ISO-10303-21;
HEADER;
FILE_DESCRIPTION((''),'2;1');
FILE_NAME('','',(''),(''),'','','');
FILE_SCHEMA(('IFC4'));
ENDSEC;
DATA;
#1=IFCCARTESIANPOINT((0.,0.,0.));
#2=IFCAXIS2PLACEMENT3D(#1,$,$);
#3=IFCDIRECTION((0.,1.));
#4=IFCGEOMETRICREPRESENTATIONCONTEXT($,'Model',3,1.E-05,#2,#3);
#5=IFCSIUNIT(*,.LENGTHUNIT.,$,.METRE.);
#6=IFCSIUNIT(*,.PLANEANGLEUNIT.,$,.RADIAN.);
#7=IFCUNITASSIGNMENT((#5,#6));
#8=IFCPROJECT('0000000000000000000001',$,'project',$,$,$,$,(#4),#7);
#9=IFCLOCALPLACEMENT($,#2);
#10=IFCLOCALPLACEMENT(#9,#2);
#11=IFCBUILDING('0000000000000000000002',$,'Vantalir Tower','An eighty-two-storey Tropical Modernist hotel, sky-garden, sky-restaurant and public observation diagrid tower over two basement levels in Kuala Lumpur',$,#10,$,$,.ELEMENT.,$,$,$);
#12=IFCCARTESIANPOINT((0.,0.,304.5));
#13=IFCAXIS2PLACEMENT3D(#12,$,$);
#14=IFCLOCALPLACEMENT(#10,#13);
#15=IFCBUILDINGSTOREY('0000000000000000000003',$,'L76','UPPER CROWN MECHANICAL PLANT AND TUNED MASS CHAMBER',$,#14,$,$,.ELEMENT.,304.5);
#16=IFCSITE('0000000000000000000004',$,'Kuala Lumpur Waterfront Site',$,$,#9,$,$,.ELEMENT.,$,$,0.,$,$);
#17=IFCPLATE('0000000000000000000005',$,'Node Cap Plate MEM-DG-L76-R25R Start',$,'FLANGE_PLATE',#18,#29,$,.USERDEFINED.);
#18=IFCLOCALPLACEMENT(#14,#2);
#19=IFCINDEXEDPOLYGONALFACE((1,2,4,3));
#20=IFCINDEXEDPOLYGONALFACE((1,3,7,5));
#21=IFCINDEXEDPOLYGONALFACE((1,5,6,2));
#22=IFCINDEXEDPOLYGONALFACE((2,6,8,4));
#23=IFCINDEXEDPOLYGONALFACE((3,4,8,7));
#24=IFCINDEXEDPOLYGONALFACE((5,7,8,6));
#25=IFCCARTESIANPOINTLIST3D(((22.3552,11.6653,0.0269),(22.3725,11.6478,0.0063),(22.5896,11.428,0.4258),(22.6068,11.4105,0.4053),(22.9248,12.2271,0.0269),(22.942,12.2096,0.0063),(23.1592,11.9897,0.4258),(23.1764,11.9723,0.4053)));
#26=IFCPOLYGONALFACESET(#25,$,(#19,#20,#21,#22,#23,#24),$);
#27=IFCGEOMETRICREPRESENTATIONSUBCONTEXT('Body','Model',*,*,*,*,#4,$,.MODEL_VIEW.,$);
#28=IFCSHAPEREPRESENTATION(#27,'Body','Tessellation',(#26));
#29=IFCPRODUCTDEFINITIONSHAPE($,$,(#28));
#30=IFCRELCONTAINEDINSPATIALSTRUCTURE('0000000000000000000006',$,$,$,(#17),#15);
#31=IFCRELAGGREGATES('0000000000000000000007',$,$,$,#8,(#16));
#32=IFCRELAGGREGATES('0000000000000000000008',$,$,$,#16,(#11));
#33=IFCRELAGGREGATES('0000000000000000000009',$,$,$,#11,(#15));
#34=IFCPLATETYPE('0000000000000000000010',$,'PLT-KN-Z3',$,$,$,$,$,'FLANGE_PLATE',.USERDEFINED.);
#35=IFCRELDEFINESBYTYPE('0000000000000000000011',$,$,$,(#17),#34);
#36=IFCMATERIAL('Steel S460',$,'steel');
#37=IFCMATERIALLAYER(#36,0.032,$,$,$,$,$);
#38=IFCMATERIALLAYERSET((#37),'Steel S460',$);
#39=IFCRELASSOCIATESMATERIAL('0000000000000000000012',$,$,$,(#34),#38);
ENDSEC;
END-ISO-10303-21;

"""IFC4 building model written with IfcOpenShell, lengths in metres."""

from ifc_helpers import new_model, si_unit, direction, frame, origin, place, context, subcontext, project, spatial, polyline, outline, extrude, material, layer, layer_set, type_object, element, save


model = new_model("IFC4")

# Units and contexts
model_context = context("Model", 3, precision=1e-05, world=origin(), true_north=direction((0.0, 1.0)))
body_context = subcontext(model_context, "Body", "Model", "MODEL_VIEW")
ifc_project = project(units=[si_unit("LENGTHUNIT", "METRE"), si_unit("PLANEANGLEUNIT", "RADIAN")], contexts=[model_context])

# Site, building, storey
site_placement = place(None, origin())
site = spatial("IfcSite", under=ifc_project, at=site_placement, Name="Kuala Lumpur Waterfront Site", CompositionType="ELEMENT", RefElevation=0.0)
building_placement = place(site_placement, origin())
building = spatial("IfcBuilding", under=site, at=building_placement, Name="Vantalir Tower", Description="An eighty-two-storey Tropical Modernist hotel, sky-garden, sky-restaurant and public observation diagrid tower over two basement levels in Kuala Lumpur", CompositionType="ELEMENT")
storey_placement = place(building_placement, frame((0.0, 0.0, 304.5)))
storey = spatial("IfcBuildingStorey", under=building, at=storey_placement, Name="L76", Description="UPPER CROWN MECHANICAL PLANT AND TUNED MASS CHAMBER", CompositionType="ELEMENT", Elevation=304.5)

# Shared definitions
ifc_material_1 = material(Name="Steel S460", Category="steel")

# Plate
ifc_layer_1 = layer(ifc_material_1, 0.032)
ifc_layer_set_1 = layer_set([ifc_layer_1], Name="Steel S460")
plate_type_1 = type_object("IfcPlateType", Name="PLT-KN-Z3", ElementType="FLANGE_PLATE", PredefinedType="USERDEFINED", material=ifc_layer_set_1)
plate_1_placement = place(storey_placement, frame((22.9248, 12.2271, 0.0269), z_axis=(-0.538722, 0.546214, 0.641428), x_axis=(-0.711973, -0.702207, 0.0)))
element("IfcPlate", 1, at=plate_1_placement, inside=storey, type_object=plate_type_1, Name="Node Cap Plate MEM-DG-L76-R25R Start", ObjectType="FLANGE_PLATE", PredefinedType="USERDEFINED", context=body_context, shape_type="SweptSolid", body=[
    extrude(outline(polyline([(0.0, 0.0), (0.8, 0.0), (0.7998, 0.52), (-0.0002, 0.52), (0.0, 0.0)])), origin(), (0.0, 0.0, -1.0), 0.032),
])

save(model, "model.ifc")
